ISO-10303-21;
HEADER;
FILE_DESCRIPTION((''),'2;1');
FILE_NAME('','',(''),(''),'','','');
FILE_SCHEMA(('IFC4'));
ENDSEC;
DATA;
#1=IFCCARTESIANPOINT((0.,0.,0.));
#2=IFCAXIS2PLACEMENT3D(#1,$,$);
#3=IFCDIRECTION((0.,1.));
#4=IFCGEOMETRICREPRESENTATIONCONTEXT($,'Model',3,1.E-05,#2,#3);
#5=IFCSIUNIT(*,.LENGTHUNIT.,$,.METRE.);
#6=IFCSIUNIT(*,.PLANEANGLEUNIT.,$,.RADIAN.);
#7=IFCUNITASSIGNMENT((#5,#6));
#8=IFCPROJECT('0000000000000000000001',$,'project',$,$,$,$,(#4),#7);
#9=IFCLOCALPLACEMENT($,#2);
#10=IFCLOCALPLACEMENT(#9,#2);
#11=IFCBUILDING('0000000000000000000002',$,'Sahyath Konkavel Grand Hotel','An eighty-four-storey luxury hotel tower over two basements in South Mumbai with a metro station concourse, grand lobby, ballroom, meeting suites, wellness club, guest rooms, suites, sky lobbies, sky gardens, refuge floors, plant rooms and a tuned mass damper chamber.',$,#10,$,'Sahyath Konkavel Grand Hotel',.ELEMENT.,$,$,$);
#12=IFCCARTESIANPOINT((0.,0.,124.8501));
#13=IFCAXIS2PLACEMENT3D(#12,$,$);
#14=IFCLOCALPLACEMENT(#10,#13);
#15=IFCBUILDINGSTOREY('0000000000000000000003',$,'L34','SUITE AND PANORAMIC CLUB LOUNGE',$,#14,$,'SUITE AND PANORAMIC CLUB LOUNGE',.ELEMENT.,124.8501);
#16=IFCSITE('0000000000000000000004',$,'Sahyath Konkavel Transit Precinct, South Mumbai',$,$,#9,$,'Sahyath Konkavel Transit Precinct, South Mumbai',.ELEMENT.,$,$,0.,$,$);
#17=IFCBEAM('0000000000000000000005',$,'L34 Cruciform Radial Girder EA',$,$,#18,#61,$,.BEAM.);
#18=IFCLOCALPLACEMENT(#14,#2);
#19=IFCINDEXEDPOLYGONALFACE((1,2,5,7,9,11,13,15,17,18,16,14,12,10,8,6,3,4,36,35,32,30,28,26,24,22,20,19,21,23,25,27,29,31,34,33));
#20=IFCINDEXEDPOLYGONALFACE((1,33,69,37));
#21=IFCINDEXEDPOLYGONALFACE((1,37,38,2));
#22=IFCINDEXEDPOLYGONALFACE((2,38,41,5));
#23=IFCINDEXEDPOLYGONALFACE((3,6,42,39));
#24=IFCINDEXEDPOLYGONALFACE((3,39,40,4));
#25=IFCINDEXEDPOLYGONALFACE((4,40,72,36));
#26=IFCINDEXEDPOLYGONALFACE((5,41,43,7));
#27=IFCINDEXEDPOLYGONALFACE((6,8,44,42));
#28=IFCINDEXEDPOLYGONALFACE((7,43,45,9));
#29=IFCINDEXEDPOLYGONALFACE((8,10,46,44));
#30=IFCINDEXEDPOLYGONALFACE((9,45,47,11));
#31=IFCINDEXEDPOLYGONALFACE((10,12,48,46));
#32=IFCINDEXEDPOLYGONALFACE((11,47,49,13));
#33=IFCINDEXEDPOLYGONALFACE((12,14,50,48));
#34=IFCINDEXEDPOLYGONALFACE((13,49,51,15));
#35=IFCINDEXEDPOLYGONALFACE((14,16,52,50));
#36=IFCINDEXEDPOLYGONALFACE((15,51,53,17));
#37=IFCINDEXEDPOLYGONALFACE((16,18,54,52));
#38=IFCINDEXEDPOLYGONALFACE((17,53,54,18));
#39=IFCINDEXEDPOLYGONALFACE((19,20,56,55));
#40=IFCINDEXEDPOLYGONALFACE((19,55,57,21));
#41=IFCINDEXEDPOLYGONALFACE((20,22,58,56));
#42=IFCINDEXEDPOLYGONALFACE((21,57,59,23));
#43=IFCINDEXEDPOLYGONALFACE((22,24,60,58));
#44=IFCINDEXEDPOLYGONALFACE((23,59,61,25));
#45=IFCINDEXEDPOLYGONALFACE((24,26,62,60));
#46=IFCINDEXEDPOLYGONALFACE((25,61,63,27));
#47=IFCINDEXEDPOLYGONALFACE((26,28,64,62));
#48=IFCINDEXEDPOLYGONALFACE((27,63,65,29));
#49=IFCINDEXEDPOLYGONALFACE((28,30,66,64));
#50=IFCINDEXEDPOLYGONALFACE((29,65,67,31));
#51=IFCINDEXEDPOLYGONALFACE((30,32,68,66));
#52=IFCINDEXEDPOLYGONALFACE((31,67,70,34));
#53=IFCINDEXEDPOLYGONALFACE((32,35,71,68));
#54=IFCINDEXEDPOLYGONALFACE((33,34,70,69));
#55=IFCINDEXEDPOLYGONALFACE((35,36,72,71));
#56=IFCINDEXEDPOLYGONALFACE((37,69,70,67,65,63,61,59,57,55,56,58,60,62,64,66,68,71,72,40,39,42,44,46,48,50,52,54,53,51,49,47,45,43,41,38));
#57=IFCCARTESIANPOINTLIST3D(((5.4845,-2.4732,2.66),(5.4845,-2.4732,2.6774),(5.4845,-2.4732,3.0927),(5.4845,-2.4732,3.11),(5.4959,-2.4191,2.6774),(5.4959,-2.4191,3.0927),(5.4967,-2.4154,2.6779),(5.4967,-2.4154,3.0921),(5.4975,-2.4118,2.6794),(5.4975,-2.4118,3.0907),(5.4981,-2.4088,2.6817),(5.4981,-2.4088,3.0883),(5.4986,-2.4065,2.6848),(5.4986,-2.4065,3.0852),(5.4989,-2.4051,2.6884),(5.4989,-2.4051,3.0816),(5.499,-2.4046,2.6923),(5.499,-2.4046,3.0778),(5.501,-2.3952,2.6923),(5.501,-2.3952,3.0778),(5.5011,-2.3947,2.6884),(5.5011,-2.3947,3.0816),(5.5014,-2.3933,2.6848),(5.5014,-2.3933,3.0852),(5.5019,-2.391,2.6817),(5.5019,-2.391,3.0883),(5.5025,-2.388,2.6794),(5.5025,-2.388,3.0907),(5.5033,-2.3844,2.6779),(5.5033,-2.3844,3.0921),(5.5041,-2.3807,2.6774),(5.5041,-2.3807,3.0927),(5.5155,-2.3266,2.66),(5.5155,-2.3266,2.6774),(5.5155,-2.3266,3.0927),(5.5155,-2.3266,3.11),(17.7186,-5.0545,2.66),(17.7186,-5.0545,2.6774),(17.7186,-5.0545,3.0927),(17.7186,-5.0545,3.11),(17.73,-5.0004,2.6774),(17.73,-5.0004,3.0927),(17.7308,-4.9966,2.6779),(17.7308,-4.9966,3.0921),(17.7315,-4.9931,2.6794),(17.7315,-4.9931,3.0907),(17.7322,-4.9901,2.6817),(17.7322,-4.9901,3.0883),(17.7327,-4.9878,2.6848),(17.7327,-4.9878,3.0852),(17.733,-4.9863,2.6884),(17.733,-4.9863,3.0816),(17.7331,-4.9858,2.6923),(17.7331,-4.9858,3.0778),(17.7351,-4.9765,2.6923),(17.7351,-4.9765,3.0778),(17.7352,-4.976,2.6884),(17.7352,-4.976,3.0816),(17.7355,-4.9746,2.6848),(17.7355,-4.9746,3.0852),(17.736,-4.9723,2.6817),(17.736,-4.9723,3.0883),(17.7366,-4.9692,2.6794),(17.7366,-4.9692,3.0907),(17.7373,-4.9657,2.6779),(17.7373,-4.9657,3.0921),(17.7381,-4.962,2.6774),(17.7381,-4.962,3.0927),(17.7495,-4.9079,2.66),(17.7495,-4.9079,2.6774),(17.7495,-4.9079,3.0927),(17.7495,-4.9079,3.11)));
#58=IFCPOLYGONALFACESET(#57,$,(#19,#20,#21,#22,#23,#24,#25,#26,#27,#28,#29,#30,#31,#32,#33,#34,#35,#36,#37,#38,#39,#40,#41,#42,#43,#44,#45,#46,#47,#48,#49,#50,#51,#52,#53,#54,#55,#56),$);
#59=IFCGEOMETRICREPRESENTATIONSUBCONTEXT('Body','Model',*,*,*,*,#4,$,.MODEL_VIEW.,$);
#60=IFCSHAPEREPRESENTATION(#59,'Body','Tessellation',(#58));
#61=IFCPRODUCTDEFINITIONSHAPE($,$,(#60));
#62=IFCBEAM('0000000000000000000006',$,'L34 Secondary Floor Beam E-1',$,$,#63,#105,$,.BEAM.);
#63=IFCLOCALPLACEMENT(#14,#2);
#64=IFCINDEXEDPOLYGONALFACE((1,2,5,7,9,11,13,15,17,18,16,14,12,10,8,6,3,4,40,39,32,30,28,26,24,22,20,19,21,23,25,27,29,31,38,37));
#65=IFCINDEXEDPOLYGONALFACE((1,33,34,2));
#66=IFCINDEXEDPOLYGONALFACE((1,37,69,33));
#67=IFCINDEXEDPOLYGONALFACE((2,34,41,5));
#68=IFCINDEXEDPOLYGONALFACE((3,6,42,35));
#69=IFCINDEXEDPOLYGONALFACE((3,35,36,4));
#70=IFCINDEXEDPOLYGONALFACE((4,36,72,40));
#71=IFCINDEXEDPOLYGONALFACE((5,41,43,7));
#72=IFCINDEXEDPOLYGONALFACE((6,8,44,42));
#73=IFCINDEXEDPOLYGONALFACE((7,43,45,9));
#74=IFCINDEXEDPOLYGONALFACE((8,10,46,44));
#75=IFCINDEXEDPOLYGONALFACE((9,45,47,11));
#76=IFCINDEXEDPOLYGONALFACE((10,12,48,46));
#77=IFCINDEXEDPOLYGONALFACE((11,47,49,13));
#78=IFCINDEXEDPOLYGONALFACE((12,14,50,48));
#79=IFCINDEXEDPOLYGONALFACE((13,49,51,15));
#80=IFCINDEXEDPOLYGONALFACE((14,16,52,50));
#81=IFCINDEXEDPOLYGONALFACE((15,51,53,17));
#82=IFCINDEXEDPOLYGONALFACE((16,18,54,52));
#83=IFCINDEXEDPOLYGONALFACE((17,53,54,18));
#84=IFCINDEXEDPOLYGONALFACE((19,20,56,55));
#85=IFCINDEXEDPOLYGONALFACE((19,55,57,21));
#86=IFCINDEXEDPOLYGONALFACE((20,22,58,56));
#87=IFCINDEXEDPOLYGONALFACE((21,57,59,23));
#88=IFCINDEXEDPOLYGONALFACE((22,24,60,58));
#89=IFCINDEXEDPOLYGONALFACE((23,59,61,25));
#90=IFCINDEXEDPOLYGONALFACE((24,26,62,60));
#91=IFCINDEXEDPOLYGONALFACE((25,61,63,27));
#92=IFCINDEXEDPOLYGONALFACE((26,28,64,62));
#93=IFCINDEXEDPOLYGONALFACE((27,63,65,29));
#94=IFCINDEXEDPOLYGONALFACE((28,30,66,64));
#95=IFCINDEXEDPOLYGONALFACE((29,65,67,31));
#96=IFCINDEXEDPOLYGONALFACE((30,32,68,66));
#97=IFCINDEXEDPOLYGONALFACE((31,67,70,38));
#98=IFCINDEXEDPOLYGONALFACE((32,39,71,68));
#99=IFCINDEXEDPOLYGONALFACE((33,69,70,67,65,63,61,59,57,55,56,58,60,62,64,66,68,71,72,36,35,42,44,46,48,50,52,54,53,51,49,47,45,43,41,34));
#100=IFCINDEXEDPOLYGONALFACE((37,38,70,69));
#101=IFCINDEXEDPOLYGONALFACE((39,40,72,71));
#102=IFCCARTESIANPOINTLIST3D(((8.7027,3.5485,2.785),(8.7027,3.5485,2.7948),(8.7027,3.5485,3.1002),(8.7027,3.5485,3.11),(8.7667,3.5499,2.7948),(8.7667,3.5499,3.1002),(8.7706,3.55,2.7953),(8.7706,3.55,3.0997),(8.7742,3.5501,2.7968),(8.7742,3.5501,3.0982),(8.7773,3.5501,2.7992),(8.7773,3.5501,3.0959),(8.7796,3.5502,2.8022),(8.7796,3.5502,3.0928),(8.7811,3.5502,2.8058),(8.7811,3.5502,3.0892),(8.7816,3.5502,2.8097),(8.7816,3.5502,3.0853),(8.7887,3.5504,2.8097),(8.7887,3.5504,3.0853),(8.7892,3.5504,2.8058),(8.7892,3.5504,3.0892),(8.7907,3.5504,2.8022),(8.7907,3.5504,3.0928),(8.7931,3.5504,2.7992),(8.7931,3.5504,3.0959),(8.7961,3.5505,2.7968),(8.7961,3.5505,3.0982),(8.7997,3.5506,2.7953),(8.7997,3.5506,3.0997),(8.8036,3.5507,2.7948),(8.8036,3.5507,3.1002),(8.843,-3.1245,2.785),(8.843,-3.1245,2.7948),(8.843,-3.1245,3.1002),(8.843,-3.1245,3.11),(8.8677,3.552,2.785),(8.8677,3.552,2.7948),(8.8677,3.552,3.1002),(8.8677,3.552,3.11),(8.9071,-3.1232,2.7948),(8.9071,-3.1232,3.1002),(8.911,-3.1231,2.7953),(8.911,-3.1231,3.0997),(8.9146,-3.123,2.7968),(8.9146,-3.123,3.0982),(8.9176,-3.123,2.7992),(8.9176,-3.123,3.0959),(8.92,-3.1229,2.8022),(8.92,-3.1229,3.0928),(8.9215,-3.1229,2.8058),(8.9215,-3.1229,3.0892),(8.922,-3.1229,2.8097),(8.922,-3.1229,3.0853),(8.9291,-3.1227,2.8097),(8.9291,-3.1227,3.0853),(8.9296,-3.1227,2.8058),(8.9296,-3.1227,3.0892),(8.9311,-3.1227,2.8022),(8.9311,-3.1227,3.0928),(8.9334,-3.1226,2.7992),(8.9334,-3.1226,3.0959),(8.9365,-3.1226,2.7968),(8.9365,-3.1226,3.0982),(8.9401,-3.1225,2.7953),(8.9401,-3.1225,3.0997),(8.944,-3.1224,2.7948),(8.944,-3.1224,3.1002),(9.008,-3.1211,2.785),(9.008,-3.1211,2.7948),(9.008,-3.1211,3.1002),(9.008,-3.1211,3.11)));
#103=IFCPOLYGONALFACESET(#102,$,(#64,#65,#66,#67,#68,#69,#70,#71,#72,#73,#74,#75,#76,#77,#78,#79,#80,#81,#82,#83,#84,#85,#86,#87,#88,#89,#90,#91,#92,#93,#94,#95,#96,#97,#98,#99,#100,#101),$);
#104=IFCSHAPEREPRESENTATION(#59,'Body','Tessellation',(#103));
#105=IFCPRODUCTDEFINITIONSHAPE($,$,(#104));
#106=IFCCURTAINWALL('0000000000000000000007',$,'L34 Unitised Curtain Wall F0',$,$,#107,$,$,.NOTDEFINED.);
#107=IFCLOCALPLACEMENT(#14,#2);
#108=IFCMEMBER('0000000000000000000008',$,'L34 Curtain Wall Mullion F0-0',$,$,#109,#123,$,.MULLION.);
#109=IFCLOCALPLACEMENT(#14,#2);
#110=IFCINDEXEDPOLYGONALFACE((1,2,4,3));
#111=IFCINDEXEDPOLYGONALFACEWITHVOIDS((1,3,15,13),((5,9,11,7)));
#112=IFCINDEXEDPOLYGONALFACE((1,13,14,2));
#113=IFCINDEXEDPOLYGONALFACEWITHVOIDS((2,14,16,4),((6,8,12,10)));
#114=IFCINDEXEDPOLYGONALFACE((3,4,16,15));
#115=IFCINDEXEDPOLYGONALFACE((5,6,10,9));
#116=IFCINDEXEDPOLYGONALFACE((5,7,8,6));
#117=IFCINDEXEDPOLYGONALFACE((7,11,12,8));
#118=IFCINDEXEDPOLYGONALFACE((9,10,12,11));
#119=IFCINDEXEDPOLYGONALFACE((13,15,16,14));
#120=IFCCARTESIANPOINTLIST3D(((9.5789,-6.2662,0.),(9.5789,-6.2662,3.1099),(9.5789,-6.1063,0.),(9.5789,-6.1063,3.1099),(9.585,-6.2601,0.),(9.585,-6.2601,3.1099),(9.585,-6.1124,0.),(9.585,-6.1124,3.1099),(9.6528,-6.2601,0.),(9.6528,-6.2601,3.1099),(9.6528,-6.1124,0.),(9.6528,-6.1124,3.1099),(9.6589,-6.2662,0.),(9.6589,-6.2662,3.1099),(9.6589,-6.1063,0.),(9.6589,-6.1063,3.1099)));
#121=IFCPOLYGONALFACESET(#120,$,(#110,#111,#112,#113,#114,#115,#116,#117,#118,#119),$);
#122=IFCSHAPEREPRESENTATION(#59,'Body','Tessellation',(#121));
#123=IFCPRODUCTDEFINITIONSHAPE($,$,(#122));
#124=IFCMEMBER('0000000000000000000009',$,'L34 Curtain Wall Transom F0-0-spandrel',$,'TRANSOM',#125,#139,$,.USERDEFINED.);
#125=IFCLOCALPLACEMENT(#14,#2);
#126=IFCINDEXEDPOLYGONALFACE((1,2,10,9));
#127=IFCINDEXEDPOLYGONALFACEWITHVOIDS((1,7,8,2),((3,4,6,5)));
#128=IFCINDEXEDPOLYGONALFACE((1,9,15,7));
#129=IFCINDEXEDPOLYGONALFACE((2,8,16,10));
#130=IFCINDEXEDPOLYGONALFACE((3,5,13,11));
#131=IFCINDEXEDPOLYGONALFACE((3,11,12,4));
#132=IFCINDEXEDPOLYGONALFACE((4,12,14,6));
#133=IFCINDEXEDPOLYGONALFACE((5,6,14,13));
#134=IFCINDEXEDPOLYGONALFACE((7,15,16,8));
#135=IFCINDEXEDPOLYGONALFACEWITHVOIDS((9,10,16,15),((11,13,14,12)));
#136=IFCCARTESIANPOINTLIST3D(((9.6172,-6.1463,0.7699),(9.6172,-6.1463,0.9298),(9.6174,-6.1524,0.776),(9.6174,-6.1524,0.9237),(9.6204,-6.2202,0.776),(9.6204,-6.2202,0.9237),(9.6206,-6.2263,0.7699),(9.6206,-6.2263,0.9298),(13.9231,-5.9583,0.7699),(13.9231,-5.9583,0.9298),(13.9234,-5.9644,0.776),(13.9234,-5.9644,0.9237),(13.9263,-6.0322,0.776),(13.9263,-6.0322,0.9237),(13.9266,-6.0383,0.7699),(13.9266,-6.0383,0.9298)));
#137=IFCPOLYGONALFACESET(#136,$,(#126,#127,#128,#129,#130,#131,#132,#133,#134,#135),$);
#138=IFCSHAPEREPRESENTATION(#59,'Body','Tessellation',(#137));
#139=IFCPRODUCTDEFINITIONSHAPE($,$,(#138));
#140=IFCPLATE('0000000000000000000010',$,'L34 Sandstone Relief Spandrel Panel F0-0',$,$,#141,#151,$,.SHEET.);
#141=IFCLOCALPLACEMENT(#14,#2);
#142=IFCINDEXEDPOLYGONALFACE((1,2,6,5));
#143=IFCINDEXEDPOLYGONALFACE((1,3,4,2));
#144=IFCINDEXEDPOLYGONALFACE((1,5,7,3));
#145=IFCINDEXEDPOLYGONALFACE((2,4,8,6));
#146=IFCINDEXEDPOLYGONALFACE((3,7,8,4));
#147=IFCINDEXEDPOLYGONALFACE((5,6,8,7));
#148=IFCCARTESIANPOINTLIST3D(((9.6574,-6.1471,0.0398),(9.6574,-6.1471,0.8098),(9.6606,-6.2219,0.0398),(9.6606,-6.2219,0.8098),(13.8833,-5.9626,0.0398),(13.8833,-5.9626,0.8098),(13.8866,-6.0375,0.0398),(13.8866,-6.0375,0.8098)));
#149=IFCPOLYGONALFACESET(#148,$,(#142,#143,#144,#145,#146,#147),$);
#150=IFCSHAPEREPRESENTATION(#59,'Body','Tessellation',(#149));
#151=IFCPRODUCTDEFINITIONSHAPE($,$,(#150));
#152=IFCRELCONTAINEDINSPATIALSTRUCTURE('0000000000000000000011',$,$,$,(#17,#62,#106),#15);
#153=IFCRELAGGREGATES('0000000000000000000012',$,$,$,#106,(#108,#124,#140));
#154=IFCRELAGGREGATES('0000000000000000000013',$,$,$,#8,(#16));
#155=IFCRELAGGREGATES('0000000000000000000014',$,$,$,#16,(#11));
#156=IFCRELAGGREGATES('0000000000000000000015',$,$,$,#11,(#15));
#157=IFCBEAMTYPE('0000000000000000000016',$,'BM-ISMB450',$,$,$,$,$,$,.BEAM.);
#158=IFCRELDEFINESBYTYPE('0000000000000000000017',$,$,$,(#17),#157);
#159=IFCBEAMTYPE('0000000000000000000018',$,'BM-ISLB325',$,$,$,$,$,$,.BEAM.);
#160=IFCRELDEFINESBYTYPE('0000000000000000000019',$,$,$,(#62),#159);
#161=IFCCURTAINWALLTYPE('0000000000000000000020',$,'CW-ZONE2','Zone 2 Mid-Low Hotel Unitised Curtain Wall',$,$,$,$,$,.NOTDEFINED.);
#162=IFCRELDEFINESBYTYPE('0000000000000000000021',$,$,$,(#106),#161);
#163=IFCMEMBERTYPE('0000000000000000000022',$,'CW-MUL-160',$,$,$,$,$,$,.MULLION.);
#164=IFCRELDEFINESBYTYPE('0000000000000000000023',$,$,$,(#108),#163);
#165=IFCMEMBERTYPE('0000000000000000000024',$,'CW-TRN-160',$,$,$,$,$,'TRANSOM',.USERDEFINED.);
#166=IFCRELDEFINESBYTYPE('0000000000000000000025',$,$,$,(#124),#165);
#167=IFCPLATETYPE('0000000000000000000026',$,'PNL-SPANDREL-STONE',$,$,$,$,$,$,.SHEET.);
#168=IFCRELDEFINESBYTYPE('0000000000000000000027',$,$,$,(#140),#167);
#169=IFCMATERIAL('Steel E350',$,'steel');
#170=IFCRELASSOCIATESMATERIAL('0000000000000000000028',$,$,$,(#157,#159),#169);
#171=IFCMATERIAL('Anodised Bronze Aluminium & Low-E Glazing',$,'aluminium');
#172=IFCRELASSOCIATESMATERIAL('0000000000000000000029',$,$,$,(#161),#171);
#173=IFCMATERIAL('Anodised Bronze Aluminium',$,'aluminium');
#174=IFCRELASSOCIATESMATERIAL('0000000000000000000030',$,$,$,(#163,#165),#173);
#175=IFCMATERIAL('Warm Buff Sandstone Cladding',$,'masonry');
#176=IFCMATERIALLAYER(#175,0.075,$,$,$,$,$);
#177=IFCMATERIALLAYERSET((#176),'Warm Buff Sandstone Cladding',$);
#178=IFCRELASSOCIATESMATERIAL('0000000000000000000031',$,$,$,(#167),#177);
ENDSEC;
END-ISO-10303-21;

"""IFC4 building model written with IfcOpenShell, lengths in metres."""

from ifc_helpers import new_model, si_unit, direction, frame, origin, origin_2d, place, context, subcontext, project, spatial, rectangle, hollow_rectangle, i_section, extrude, source, transform, mapped, material, layer, layer_set, material_profile, profile_set, type_object, element, aggregate, save


model = new_model("IFC4")

# Units and contexts
model_context = context("Model", 3, precision=1e-05, world=origin(), true_north=direction((0.0, 1.0)))
body_context = subcontext(model_context, "Body", "Model", "MODEL_VIEW")
ifc_project = project(units=[si_unit("LENGTHUNIT", "METRE"), si_unit("PLANEANGLEUNIT", "RADIAN")], contexts=[model_context])

# Site, building, storey
site_placement = place(None, origin())
site = spatial("IfcSite", under=ifc_project, at=site_placement, Name="Sahyath Konkavel Transit Precinct, South Mumbai", LongName="Sahyath Konkavel Transit Precinct, South Mumbai", CompositionType="ELEMENT", RefElevation=0.0)
building_placement = place(site_placement, origin())
building = spatial("IfcBuilding", under=site, at=building_placement, Name="Sahyath Konkavel Grand Hotel", Description="An eighty-four-storey luxury hotel tower over two basements in South Mumbai with a metro station concourse, grand lobby, ballroom, meeting suites, wellness club, guest rooms, suites, sky lobbies, sky gardens, refuge floors, plant rooms and a tuned mass damper chamber.", LongName="Sahyath Konkavel Grand Hotel", CompositionType="ELEMENT")
storey_placement = place(building_placement, frame((0.0, 0.0, 124.8501)))
storey = spatial("IfcBuildingStorey", under=building, at=storey_placement, Name="L34", Description="SUITE AND PANORAMIC CLUB LOUNGE", LongName="SUITE AND PANORAMIC CLUB LOUNGE", CompositionType="ELEMENT", Elevation=124.8501)

# Beams
ifc_material_1 = material(Name="Steel E350", Category="steel")
ifc_material_profile_1 = material_profile(ifc_material_1, i_section(OverallWidth=0.1499, OverallDepth=0.45, WebThickness=0.0095, FlangeThickness=0.0173, FilletRadius=0.0149, at=origin_2d()), Name="ISMB 450")
ifc_profile_set_1 = profile_set([ifc_material_profile_1], Name="Steel E350")
beam_type_1 = type_object("IfcBeamType", Name="BM-ISMB450", PredefinedType="BEAM", material=ifc_profile_set_1)
shared_shape_1 = source(origin(), body_context, "Body", "SweptSolid", [
    extrude(i_section(OverallWidth=0.1499, OverallDepth=0.45, WebThickness=0.0095, FlangeThickness=0.0173, FilletRadius=0.0149, at=origin_2d()), origin(), (0.0, 0.0, 1.0), 12.5034),
])
beam_1_placement = place(storey_placement, frame((5.5, -2.3999, 2.885), z_axis=(0.978458, -0.206446, 0.0), x_axis=(0.206446, 0.978458, 0.0)))
element("IfcBeam", 1, at=beam_1_placement, inside=storey, type_object=beam_type_1, Name="L34 Cruciform Radial Girder EA", PredefinedType="BEAM", context=body_context, shape_type="MappedRepresentation", body=[
    mapped(shared_shape_1, transform((0.0, 0.0, 0.0), scale=1.0)),
])
ifc_material_profile_2 = material_profile(ifc_material_1, i_section(OverallWidth=0.165, OverallDepth=0.325, WebThickness=0.0071, FlangeThickness=0.0098, FilletRadius=0.0149, at=origin_2d()), Name="ISLB 325")
ifc_profile_set_2 = profile_set([ifc_material_profile_2], Name="Steel E350")
beam_type_2 = type_object("IfcBeamType", Name="BM-ISLB325", PredefinedType="BEAM", material=ifc_profile_set_2)
shared_shape_2 = source(origin(), body_context, "Body", "SweptSolid", [
    extrude(i_section(OverallWidth=0.165, OverallDepth=0.325, WebThickness=0.0071, FlangeThickness=0.0098, FilletRadius=0.0149, at=origin_2d()), origin(), (0.0, 0.0, 1.0), 6.6746),
])
beam_2_placement = place(storey_placement, frame((8.9255, -3.1228, 2.9475), z_axis=(-0.021032, 0.999779, 0.0), x_axis=(-0.999779, -0.021032, 0.0)))
element("IfcBeam", 2, at=beam_2_placement, inside=storey, type_object=beam_type_2, Name="L34 Secondary Floor Beam E-1", PredefinedType="BEAM", context=body_context, shape_type="MappedRepresentation", body=[
    mapped(shared_shape_2, transform((0.0, 0.0, 0.0), scale=1.0)),
])

# Curtain wall, members, plate
ifc_material_2 = material(Name="Anodised Bronze Aluminium & Low-E Glazing", Category="aluminium")
curtain_wall_type = type_object("IfcCurtainWallType", Name="CW-ZONE2", Description="Zone 2 Mid-Low Hotel Unitised Curtain Wall", PredefinedType="NOTDEFINED", material=ifc_material_2)
curtain_wall_placement = place(storey_placement, origin())
curtain_wall = element("IfcCurtainWall", 3, at=curtain_wall_placement, inside=storey, type_object=curtain_wall_type, Name="L34 Unitised Curtain Wall F0", PredefinedType="NOTDEFINED")
ifc_material_3 = material(Name="Anodised Bronze Aluminium", Category="aluminium")
ifc_material_profile_3 = material_profile(ifc_material_3, hollow_rectangle(XDim=0.0801, YDim=0.1599, WallThickness=0.0061, at=origin_2d()), Name="RHS 160x80x6")
ifc_profile_set_3 = profile_set([ifc_material_profile_3], Name="Anodised Bronze Aluminium")
member_type_1 = type_object("IfcMemberType", Name="CW-MUL-160", PredefinedType="MULLION", material=ifc_profile_set_3)
shared_shape_3 = source(origin(), body_context, "Body", "SweptSolid", [
    extrude(hollow_rectangle(XDim=0.0801, YDim=0.1599, WallThickness=0.0061, at=origin_2d()), origin(), (0.0, 0.0, 1.0), 3.1099),
])
member_1_placement = place(storey_placement, frame((9.6189, -6.1863, 0.0), z_axis=(0.0, 0.0, 1.0), x_axis=(1.0, 0.0, 0.0)))
member_1 = element("IfcMember", 4, at=member_1_placement, type_object=member_type_1, Name="L34 Curtain Wall Mullion F0-0", PredefinedType="MULLION", context=body_context, shape_type="MappedRepresentation", body=[
    mapped(shared_shape_3, transform((0.0, 0.0, 0.0), scale=1.0)),
])
ifc_material_profile_4 = material_profile(ifc_material_3, hollow_rectangle(XDim=0.0801, YDim=0.1599, WallThickness=0.0061, at=origin_2d()), Name="RHS 160x80x6")
ifc_profile_set_4 = profile_set([ifc_material_profile_4], Name="Anodised Bronze Aluminium")
member_type_2 = type_object("IfcMemberType", Name="CW-TRN-160", ElementType="TRANSOM", PredefinedType="USERDEFINED", material=ifc_profile_set_4)
shared_shape_4 = source(origin(), body_context, "Body", "SweptSolid", [
    extrude(hollow_rectangle(XDim=0.0801, YDim=0.1599, WallThickness=0.0061, at=origin_2d()), origin(), (0.0, 0.0, 1.0), 4.3101),
])
member_2_placement = place(storey_placement, frame((9.6189, -6.1863, 0.8499), z_axis=(0.999048, 0.043617, 0.0), x_axis=(-0.043617, 0.999048, 0.0)))
member_2 = element("IfcMember", 5, at=member_2_placement, type_object=member_type_2, Name="L34 Curtain Wall Transom F0-0-spandrel", ObjectType="TRANSOM", PredefinedType="USERDEFINED", context=body_context, shape_type="MappedRepresentation", body=[
    mapped(shared_shape_4, transform((0.0, 0.0, 0.0), scale=1.0)),
])
ifc_material_4 = material(Name="Warm Buff Sandstone Cladding", Category="masonry")
ifc_layer_1 = layer(ifc_material_4, 0.075)
ifc_layer_set_1 = layer_set([ifc_layer_1], Name="Warm Buff Sandstone Cladding")
plate_type = type_object("IfcPlateType", Name="PNL-SPANDREL-STONE", PredefinedType="SHEET", material=ifc_layer_set_1)
shared_shape_5 = source(origin(), body_context, "Body", "SweptSolid", [
    extrude(rectangle(XDim=4.23, YDim=0.075, at=origin_2d()), origin(), (0.0, 0.0, 1.0), 0.77),
])
plate_placement = place(storey_placement, frame((11.772, -6.0923, 0.0398), z_axis=(0.0, 0.0, 1.0), x_axis=(0.999049, 0.043602, 0.0)))
plate = element("IfcPlate", 6, at=plate_placement, type_object=plate_type, Name="L34 Sandstone Relief Spandrel Panel F0-0", PredefinedType="SHEET", context=body_context, shape_type="MappedRepresentation", body=[
    mapped(shared_shape_5, transform((0.0, 0.0, 0.0), scale=1.0)),
])
aggregate(curtain_wall, [member_1, member_2, plate])

save(model, "model.ifc")
